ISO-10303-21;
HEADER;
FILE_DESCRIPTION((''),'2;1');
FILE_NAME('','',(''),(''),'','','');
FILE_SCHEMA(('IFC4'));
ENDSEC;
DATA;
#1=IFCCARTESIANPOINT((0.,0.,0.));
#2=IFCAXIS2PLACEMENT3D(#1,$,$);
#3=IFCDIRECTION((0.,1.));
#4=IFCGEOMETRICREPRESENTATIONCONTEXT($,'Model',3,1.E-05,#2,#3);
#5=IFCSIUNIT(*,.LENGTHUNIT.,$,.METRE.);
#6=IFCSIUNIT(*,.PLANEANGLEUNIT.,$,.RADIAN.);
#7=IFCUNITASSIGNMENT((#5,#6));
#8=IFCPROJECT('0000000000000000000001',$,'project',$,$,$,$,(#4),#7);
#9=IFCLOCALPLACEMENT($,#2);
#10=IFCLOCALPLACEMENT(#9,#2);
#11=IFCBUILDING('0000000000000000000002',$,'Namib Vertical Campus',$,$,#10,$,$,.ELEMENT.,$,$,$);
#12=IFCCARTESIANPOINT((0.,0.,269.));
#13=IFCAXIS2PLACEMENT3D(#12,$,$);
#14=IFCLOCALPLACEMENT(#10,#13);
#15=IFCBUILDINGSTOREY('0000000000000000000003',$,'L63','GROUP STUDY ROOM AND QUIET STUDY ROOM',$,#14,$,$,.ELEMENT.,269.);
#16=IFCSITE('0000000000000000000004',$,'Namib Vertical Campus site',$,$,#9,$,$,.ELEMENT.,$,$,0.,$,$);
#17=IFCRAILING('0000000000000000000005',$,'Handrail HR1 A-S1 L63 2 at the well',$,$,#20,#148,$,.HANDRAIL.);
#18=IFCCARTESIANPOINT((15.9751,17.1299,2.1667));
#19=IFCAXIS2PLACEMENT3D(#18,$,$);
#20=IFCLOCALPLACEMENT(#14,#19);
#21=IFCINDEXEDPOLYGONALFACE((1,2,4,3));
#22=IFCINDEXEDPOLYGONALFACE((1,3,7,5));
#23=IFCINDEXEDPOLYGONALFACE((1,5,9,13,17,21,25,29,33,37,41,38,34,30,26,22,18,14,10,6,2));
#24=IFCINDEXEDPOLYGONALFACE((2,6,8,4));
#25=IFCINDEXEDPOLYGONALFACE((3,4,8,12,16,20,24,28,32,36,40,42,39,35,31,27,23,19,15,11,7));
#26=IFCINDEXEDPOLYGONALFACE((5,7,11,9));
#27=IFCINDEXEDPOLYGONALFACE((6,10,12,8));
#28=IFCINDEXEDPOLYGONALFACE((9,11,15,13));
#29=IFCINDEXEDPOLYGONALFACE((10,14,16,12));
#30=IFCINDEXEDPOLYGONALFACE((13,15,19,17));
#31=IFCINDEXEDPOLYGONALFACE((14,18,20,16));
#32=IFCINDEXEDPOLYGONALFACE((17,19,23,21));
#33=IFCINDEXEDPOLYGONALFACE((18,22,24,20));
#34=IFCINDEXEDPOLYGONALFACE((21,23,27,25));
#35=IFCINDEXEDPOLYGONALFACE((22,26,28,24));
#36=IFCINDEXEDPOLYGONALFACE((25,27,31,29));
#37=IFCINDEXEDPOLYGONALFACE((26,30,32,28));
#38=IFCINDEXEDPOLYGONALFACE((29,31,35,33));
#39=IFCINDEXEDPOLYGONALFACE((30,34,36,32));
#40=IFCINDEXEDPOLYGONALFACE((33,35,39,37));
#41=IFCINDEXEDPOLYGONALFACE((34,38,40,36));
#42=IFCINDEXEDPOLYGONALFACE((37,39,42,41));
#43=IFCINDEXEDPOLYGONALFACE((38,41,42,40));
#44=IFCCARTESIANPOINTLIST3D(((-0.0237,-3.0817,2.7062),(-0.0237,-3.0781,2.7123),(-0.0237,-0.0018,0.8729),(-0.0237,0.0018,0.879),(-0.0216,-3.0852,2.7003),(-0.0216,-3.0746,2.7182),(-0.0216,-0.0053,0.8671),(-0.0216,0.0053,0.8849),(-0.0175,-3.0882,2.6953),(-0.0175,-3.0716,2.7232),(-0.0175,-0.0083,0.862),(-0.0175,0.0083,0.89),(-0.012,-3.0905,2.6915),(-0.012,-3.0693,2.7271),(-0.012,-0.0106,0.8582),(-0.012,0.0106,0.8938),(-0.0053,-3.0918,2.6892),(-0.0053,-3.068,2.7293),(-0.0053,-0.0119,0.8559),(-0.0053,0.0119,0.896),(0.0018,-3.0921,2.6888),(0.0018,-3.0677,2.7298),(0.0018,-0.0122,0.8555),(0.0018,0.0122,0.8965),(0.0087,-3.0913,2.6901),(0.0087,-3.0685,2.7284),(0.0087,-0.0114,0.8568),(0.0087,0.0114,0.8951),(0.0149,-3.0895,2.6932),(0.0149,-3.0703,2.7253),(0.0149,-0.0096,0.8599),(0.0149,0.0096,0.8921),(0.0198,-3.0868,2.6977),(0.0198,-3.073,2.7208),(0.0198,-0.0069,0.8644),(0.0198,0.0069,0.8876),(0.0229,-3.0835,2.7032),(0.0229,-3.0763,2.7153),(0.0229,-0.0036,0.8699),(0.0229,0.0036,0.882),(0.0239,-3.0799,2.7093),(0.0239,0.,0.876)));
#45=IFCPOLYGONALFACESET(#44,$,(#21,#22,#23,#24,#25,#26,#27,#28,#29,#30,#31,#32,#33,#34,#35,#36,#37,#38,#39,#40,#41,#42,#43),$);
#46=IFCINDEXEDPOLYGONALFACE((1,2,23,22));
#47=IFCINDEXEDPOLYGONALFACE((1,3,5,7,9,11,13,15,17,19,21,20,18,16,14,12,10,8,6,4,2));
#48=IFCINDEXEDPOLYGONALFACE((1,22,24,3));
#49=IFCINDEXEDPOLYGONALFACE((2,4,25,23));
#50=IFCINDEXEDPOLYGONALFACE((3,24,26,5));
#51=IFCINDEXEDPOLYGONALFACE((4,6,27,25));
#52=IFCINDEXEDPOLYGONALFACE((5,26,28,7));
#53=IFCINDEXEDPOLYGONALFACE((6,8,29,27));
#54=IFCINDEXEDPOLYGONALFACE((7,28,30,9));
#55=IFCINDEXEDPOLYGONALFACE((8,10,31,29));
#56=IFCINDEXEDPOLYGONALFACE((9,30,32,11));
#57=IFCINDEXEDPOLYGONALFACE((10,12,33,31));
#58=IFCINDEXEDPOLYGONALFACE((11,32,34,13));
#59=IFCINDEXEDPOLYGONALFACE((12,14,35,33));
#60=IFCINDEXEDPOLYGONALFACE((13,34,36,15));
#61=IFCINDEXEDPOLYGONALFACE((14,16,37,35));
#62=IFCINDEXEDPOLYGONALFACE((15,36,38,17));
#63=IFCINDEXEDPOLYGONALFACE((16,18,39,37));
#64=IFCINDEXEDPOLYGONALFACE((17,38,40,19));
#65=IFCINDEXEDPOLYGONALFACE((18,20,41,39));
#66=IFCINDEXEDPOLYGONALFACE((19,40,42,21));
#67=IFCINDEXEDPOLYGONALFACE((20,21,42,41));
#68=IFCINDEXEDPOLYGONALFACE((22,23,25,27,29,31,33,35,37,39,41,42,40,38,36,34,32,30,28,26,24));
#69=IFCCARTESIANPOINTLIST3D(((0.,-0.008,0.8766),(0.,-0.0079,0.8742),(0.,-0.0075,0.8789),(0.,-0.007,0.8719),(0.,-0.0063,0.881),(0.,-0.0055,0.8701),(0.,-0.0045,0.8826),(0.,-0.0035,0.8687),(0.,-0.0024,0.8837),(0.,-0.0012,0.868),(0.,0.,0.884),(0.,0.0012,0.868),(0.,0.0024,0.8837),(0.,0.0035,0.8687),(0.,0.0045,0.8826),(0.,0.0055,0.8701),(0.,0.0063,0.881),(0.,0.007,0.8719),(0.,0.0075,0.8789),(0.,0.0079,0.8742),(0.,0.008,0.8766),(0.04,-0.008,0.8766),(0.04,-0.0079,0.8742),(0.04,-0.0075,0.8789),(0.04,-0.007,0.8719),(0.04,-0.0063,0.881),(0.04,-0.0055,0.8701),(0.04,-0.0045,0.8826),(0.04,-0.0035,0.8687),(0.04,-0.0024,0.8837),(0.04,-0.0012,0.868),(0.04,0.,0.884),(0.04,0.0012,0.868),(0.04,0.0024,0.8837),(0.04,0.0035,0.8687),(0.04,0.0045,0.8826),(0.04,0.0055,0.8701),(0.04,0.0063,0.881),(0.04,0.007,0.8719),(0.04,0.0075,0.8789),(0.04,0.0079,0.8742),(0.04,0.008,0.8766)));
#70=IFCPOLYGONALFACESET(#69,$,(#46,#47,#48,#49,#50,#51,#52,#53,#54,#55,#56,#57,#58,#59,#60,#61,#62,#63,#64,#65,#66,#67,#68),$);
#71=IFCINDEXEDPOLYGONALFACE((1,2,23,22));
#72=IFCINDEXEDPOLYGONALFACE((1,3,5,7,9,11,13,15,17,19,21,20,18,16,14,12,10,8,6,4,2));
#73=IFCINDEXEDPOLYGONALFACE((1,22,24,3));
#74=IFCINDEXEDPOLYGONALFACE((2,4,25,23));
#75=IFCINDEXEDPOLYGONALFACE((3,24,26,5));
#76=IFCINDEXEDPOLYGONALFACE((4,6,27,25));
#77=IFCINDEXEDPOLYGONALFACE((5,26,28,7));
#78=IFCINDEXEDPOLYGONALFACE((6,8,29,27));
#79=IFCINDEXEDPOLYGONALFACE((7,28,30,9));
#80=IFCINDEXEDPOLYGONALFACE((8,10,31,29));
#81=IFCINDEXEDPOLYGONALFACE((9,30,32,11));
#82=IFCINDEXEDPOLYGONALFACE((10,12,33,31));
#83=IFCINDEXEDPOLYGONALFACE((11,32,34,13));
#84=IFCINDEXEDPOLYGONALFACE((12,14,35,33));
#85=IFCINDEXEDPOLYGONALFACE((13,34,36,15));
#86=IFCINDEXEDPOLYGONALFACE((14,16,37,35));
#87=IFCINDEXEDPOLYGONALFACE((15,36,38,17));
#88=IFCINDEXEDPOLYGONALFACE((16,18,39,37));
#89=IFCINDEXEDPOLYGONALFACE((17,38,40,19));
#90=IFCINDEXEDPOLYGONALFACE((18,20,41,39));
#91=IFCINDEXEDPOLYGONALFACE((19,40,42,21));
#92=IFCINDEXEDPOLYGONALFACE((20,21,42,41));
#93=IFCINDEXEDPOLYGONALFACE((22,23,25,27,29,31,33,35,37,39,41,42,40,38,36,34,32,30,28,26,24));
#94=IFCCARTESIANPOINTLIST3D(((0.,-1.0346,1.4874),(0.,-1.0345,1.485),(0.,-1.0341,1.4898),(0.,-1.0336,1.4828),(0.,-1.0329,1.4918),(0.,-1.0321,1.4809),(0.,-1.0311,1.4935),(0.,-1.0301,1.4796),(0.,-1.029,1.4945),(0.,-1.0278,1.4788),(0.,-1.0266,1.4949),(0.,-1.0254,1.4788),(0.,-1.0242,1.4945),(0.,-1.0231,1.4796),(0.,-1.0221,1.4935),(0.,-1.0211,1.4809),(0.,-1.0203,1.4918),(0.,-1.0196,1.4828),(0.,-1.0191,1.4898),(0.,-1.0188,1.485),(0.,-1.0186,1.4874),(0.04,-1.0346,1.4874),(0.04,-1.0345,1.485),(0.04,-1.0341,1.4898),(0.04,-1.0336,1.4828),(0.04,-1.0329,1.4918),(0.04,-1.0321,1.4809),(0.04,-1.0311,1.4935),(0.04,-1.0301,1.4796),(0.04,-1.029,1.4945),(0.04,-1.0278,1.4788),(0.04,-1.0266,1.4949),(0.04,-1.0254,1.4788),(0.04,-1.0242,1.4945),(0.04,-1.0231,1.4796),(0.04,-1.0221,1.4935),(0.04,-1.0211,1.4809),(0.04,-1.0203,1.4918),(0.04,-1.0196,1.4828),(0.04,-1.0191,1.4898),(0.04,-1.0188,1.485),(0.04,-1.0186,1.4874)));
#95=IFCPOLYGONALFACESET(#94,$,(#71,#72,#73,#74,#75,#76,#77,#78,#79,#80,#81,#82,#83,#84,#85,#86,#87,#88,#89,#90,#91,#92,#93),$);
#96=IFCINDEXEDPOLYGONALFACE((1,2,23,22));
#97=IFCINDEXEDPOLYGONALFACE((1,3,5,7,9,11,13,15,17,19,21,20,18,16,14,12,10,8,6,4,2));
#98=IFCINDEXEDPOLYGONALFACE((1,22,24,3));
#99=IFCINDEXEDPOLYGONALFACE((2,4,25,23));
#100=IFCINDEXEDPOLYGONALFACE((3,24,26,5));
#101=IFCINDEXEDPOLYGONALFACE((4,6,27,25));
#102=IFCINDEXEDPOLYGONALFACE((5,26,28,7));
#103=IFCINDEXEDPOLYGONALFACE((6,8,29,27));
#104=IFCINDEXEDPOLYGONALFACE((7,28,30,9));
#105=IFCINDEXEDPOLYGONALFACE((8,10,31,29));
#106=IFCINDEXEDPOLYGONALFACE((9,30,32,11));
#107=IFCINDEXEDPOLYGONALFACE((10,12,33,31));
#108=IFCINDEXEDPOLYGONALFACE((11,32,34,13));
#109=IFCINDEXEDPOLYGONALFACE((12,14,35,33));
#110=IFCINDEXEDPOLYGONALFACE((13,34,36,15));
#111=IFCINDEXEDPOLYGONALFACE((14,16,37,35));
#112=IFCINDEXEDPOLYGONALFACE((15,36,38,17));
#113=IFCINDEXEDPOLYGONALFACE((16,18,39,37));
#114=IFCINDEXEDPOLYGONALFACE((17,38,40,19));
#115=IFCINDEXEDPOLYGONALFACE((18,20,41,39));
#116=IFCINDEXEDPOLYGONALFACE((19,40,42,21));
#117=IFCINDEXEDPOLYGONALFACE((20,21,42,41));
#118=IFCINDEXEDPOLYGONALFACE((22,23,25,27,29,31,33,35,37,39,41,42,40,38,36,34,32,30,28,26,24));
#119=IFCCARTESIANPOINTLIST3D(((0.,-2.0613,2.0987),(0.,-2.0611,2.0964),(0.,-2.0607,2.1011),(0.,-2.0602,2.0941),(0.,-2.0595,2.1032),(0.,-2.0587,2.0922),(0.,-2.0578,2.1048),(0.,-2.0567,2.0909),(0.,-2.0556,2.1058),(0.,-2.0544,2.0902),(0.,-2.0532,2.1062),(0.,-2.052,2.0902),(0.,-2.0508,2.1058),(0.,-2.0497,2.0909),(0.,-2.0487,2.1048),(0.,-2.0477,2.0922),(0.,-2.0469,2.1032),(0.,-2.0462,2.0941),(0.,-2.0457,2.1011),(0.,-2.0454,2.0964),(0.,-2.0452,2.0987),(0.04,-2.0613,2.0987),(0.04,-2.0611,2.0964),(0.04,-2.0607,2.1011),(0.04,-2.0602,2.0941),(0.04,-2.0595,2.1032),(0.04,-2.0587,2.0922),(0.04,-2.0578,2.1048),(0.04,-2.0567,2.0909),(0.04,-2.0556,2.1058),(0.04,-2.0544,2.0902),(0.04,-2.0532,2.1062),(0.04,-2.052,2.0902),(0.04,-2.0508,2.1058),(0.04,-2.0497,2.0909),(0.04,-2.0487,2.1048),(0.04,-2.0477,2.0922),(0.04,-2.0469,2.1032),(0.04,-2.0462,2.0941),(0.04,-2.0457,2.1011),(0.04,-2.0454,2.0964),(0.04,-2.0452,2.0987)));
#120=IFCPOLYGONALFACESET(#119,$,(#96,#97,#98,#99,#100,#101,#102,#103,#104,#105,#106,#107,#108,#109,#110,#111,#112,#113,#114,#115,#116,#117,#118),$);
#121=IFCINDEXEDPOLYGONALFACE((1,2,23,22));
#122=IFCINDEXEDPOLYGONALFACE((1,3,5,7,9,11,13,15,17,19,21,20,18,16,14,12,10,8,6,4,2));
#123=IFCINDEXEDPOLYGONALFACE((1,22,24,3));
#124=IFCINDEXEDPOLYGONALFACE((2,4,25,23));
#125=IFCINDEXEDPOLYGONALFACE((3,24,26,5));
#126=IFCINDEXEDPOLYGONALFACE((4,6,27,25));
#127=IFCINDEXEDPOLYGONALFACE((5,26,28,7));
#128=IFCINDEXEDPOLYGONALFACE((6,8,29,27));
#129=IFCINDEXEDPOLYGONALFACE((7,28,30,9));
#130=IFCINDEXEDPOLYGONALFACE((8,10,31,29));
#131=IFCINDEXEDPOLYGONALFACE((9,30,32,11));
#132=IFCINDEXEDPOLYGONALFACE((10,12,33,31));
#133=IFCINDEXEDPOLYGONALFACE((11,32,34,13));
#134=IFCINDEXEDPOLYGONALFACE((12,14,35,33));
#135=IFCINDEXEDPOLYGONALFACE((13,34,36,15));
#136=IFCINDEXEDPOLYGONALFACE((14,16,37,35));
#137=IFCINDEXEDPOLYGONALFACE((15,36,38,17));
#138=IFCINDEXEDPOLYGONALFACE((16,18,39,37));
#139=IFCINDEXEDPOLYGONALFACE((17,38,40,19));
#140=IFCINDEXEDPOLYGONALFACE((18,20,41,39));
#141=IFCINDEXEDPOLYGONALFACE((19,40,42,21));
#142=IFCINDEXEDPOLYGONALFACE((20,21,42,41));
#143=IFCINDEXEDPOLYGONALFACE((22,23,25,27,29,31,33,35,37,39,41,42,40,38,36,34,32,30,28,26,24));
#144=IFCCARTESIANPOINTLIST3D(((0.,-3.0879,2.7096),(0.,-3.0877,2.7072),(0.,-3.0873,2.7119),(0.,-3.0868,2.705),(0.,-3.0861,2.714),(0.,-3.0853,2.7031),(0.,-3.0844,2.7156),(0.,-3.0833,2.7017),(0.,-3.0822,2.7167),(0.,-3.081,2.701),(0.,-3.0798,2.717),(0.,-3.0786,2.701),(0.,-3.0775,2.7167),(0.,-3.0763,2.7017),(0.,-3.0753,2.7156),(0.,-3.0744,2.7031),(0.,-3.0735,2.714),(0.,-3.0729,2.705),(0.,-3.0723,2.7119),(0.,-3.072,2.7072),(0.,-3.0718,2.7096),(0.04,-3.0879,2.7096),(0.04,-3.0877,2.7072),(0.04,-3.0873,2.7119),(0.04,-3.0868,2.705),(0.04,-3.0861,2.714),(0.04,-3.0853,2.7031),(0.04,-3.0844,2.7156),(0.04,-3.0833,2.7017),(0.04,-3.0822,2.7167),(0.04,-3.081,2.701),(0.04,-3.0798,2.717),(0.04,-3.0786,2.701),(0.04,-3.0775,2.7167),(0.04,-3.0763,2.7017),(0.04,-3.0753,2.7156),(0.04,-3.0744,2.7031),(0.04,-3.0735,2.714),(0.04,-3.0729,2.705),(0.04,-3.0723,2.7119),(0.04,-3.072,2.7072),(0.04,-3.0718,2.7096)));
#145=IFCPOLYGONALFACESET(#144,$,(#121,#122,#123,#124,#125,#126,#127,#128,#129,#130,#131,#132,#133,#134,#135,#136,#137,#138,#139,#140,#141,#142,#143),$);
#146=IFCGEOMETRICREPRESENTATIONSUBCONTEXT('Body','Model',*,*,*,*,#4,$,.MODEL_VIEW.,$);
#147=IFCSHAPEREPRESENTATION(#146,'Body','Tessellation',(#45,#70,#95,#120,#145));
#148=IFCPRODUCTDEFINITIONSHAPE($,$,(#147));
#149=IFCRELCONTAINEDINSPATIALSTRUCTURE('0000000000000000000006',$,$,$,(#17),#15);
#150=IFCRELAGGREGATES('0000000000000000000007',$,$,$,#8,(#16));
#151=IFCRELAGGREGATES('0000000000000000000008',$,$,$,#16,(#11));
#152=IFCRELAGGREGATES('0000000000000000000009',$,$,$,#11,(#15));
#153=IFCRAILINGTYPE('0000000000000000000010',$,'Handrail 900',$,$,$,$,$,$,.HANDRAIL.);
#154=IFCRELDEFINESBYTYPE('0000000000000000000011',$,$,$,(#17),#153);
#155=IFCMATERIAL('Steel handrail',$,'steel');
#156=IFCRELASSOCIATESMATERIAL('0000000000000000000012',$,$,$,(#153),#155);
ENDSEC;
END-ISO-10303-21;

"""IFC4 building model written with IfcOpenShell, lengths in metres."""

from ifc_helpers import new_model, si_unit, direction, frame, origin, origin_2d, place, context, subcontext, project, spatial, circle, extrude, material, type_object, element, save


model = new_model("IFC4")

# Units and contexts
model_context = context("Model", 3, precision=1e-05, world=origin(), true_north=direction((0.0, 1.0)))
body_context = subcontext(model_context, "Body", "Model", "MODEL_VIEW")
ifc_project = project(units=[si_unit("LENGTHUNIT", "METRE"), si_unit("PLANEANGLEUNIT", "RADIAN")], contexts=[model_context])

# Site, building, storey
site_placement = place(None, origin())
site = spatial("IfcSite", under=ifc_project, at=site_placement, Name="Namib Vertical Campus site", CompositionType="ELEMENT", RefElevation=0.0)
building_placement = place(site_placement, origin())
building = spatial("IfcBuilding", under=site, at=building_placement, Name="Namib Vertical Campus", CompositionType="ELEMENT")
storey_placement = place(building_placement, frame((0.0, 0.0, 269.0)))
storey = spatial("IfcBuildingStorey", under=building, at=storey_placement, Name="L63", Description="GROUP STUDY ROOM AND QUIET STUDY ROOM", CompositionType="ELEMENT", Elevation=269.0)

# Railing
ifc_material_1 = material(Name="Steel handrail", Category="steel")
railing_type_1 = type_object("IfcRailingType", Name="Handrail 900", PredefinedType="HANDRAIL", material=ifc_material_1)
railing_1_placement = place(storey_placement, frame((15.9751, 17.1299, 2.1667)))
element("IfcRailing", 1, at=railing_1_placement, inside=storey, type_object=railing_type_1, Name="Handrail HR1 A-S1 L63 2 at the well", PredefinedType="HANDRAIL", context=body_context, shape_type="SweptSolid", body=[
    extrude(circle(Radius=0.0239, at=origin_2d()), frame((0.0, 0.0, 0.876), z_axis=(0.0, -0.859291, 0.511487), x_axis=(1.0, 0.0, 0.0)), (0.0, 0.0, 1.0), 3.5842),
    extrude(circle(Radius=0.0081, at=origin_2d()), frame((0.0, 0.0, 0.876), z_axis=(1.0, 0.0, 0.0), x_axis=(0.0, 0.0, 1.0)), (0.0, 0.0, 1.0), 0.04),
    extrude(circle(Radius=0.0081, at=origin_2d()), frame((0.0, -1.0266, 1.4868), z_axis=(1.0, 0.0, 0.0), x_axis=(0.0, 0.0, 1.0)), (0.0, 0.0, 1.0), 0.04),
    extrude(circle(Radius=0.0081, at=origin_2d()), frame((0.0, -2.0532, 2.0981), z_axis=(1.0, 0.0, 0.0), x_axis=(0.0, 0.0, 1.0)), (0.0, 0.0, 1.0), 0.04),
    extrude(circle(Radius=0.0081, at=origin_2d()), frame((0.0, -3.0798, 2.709), z_axis=(1.0, 0.0, 0.0), x_axis=(0.0, 0.0, 1.0)), (0.0, 0.0, 1.0), 0.04),
])

save(model, "model.ifc")
